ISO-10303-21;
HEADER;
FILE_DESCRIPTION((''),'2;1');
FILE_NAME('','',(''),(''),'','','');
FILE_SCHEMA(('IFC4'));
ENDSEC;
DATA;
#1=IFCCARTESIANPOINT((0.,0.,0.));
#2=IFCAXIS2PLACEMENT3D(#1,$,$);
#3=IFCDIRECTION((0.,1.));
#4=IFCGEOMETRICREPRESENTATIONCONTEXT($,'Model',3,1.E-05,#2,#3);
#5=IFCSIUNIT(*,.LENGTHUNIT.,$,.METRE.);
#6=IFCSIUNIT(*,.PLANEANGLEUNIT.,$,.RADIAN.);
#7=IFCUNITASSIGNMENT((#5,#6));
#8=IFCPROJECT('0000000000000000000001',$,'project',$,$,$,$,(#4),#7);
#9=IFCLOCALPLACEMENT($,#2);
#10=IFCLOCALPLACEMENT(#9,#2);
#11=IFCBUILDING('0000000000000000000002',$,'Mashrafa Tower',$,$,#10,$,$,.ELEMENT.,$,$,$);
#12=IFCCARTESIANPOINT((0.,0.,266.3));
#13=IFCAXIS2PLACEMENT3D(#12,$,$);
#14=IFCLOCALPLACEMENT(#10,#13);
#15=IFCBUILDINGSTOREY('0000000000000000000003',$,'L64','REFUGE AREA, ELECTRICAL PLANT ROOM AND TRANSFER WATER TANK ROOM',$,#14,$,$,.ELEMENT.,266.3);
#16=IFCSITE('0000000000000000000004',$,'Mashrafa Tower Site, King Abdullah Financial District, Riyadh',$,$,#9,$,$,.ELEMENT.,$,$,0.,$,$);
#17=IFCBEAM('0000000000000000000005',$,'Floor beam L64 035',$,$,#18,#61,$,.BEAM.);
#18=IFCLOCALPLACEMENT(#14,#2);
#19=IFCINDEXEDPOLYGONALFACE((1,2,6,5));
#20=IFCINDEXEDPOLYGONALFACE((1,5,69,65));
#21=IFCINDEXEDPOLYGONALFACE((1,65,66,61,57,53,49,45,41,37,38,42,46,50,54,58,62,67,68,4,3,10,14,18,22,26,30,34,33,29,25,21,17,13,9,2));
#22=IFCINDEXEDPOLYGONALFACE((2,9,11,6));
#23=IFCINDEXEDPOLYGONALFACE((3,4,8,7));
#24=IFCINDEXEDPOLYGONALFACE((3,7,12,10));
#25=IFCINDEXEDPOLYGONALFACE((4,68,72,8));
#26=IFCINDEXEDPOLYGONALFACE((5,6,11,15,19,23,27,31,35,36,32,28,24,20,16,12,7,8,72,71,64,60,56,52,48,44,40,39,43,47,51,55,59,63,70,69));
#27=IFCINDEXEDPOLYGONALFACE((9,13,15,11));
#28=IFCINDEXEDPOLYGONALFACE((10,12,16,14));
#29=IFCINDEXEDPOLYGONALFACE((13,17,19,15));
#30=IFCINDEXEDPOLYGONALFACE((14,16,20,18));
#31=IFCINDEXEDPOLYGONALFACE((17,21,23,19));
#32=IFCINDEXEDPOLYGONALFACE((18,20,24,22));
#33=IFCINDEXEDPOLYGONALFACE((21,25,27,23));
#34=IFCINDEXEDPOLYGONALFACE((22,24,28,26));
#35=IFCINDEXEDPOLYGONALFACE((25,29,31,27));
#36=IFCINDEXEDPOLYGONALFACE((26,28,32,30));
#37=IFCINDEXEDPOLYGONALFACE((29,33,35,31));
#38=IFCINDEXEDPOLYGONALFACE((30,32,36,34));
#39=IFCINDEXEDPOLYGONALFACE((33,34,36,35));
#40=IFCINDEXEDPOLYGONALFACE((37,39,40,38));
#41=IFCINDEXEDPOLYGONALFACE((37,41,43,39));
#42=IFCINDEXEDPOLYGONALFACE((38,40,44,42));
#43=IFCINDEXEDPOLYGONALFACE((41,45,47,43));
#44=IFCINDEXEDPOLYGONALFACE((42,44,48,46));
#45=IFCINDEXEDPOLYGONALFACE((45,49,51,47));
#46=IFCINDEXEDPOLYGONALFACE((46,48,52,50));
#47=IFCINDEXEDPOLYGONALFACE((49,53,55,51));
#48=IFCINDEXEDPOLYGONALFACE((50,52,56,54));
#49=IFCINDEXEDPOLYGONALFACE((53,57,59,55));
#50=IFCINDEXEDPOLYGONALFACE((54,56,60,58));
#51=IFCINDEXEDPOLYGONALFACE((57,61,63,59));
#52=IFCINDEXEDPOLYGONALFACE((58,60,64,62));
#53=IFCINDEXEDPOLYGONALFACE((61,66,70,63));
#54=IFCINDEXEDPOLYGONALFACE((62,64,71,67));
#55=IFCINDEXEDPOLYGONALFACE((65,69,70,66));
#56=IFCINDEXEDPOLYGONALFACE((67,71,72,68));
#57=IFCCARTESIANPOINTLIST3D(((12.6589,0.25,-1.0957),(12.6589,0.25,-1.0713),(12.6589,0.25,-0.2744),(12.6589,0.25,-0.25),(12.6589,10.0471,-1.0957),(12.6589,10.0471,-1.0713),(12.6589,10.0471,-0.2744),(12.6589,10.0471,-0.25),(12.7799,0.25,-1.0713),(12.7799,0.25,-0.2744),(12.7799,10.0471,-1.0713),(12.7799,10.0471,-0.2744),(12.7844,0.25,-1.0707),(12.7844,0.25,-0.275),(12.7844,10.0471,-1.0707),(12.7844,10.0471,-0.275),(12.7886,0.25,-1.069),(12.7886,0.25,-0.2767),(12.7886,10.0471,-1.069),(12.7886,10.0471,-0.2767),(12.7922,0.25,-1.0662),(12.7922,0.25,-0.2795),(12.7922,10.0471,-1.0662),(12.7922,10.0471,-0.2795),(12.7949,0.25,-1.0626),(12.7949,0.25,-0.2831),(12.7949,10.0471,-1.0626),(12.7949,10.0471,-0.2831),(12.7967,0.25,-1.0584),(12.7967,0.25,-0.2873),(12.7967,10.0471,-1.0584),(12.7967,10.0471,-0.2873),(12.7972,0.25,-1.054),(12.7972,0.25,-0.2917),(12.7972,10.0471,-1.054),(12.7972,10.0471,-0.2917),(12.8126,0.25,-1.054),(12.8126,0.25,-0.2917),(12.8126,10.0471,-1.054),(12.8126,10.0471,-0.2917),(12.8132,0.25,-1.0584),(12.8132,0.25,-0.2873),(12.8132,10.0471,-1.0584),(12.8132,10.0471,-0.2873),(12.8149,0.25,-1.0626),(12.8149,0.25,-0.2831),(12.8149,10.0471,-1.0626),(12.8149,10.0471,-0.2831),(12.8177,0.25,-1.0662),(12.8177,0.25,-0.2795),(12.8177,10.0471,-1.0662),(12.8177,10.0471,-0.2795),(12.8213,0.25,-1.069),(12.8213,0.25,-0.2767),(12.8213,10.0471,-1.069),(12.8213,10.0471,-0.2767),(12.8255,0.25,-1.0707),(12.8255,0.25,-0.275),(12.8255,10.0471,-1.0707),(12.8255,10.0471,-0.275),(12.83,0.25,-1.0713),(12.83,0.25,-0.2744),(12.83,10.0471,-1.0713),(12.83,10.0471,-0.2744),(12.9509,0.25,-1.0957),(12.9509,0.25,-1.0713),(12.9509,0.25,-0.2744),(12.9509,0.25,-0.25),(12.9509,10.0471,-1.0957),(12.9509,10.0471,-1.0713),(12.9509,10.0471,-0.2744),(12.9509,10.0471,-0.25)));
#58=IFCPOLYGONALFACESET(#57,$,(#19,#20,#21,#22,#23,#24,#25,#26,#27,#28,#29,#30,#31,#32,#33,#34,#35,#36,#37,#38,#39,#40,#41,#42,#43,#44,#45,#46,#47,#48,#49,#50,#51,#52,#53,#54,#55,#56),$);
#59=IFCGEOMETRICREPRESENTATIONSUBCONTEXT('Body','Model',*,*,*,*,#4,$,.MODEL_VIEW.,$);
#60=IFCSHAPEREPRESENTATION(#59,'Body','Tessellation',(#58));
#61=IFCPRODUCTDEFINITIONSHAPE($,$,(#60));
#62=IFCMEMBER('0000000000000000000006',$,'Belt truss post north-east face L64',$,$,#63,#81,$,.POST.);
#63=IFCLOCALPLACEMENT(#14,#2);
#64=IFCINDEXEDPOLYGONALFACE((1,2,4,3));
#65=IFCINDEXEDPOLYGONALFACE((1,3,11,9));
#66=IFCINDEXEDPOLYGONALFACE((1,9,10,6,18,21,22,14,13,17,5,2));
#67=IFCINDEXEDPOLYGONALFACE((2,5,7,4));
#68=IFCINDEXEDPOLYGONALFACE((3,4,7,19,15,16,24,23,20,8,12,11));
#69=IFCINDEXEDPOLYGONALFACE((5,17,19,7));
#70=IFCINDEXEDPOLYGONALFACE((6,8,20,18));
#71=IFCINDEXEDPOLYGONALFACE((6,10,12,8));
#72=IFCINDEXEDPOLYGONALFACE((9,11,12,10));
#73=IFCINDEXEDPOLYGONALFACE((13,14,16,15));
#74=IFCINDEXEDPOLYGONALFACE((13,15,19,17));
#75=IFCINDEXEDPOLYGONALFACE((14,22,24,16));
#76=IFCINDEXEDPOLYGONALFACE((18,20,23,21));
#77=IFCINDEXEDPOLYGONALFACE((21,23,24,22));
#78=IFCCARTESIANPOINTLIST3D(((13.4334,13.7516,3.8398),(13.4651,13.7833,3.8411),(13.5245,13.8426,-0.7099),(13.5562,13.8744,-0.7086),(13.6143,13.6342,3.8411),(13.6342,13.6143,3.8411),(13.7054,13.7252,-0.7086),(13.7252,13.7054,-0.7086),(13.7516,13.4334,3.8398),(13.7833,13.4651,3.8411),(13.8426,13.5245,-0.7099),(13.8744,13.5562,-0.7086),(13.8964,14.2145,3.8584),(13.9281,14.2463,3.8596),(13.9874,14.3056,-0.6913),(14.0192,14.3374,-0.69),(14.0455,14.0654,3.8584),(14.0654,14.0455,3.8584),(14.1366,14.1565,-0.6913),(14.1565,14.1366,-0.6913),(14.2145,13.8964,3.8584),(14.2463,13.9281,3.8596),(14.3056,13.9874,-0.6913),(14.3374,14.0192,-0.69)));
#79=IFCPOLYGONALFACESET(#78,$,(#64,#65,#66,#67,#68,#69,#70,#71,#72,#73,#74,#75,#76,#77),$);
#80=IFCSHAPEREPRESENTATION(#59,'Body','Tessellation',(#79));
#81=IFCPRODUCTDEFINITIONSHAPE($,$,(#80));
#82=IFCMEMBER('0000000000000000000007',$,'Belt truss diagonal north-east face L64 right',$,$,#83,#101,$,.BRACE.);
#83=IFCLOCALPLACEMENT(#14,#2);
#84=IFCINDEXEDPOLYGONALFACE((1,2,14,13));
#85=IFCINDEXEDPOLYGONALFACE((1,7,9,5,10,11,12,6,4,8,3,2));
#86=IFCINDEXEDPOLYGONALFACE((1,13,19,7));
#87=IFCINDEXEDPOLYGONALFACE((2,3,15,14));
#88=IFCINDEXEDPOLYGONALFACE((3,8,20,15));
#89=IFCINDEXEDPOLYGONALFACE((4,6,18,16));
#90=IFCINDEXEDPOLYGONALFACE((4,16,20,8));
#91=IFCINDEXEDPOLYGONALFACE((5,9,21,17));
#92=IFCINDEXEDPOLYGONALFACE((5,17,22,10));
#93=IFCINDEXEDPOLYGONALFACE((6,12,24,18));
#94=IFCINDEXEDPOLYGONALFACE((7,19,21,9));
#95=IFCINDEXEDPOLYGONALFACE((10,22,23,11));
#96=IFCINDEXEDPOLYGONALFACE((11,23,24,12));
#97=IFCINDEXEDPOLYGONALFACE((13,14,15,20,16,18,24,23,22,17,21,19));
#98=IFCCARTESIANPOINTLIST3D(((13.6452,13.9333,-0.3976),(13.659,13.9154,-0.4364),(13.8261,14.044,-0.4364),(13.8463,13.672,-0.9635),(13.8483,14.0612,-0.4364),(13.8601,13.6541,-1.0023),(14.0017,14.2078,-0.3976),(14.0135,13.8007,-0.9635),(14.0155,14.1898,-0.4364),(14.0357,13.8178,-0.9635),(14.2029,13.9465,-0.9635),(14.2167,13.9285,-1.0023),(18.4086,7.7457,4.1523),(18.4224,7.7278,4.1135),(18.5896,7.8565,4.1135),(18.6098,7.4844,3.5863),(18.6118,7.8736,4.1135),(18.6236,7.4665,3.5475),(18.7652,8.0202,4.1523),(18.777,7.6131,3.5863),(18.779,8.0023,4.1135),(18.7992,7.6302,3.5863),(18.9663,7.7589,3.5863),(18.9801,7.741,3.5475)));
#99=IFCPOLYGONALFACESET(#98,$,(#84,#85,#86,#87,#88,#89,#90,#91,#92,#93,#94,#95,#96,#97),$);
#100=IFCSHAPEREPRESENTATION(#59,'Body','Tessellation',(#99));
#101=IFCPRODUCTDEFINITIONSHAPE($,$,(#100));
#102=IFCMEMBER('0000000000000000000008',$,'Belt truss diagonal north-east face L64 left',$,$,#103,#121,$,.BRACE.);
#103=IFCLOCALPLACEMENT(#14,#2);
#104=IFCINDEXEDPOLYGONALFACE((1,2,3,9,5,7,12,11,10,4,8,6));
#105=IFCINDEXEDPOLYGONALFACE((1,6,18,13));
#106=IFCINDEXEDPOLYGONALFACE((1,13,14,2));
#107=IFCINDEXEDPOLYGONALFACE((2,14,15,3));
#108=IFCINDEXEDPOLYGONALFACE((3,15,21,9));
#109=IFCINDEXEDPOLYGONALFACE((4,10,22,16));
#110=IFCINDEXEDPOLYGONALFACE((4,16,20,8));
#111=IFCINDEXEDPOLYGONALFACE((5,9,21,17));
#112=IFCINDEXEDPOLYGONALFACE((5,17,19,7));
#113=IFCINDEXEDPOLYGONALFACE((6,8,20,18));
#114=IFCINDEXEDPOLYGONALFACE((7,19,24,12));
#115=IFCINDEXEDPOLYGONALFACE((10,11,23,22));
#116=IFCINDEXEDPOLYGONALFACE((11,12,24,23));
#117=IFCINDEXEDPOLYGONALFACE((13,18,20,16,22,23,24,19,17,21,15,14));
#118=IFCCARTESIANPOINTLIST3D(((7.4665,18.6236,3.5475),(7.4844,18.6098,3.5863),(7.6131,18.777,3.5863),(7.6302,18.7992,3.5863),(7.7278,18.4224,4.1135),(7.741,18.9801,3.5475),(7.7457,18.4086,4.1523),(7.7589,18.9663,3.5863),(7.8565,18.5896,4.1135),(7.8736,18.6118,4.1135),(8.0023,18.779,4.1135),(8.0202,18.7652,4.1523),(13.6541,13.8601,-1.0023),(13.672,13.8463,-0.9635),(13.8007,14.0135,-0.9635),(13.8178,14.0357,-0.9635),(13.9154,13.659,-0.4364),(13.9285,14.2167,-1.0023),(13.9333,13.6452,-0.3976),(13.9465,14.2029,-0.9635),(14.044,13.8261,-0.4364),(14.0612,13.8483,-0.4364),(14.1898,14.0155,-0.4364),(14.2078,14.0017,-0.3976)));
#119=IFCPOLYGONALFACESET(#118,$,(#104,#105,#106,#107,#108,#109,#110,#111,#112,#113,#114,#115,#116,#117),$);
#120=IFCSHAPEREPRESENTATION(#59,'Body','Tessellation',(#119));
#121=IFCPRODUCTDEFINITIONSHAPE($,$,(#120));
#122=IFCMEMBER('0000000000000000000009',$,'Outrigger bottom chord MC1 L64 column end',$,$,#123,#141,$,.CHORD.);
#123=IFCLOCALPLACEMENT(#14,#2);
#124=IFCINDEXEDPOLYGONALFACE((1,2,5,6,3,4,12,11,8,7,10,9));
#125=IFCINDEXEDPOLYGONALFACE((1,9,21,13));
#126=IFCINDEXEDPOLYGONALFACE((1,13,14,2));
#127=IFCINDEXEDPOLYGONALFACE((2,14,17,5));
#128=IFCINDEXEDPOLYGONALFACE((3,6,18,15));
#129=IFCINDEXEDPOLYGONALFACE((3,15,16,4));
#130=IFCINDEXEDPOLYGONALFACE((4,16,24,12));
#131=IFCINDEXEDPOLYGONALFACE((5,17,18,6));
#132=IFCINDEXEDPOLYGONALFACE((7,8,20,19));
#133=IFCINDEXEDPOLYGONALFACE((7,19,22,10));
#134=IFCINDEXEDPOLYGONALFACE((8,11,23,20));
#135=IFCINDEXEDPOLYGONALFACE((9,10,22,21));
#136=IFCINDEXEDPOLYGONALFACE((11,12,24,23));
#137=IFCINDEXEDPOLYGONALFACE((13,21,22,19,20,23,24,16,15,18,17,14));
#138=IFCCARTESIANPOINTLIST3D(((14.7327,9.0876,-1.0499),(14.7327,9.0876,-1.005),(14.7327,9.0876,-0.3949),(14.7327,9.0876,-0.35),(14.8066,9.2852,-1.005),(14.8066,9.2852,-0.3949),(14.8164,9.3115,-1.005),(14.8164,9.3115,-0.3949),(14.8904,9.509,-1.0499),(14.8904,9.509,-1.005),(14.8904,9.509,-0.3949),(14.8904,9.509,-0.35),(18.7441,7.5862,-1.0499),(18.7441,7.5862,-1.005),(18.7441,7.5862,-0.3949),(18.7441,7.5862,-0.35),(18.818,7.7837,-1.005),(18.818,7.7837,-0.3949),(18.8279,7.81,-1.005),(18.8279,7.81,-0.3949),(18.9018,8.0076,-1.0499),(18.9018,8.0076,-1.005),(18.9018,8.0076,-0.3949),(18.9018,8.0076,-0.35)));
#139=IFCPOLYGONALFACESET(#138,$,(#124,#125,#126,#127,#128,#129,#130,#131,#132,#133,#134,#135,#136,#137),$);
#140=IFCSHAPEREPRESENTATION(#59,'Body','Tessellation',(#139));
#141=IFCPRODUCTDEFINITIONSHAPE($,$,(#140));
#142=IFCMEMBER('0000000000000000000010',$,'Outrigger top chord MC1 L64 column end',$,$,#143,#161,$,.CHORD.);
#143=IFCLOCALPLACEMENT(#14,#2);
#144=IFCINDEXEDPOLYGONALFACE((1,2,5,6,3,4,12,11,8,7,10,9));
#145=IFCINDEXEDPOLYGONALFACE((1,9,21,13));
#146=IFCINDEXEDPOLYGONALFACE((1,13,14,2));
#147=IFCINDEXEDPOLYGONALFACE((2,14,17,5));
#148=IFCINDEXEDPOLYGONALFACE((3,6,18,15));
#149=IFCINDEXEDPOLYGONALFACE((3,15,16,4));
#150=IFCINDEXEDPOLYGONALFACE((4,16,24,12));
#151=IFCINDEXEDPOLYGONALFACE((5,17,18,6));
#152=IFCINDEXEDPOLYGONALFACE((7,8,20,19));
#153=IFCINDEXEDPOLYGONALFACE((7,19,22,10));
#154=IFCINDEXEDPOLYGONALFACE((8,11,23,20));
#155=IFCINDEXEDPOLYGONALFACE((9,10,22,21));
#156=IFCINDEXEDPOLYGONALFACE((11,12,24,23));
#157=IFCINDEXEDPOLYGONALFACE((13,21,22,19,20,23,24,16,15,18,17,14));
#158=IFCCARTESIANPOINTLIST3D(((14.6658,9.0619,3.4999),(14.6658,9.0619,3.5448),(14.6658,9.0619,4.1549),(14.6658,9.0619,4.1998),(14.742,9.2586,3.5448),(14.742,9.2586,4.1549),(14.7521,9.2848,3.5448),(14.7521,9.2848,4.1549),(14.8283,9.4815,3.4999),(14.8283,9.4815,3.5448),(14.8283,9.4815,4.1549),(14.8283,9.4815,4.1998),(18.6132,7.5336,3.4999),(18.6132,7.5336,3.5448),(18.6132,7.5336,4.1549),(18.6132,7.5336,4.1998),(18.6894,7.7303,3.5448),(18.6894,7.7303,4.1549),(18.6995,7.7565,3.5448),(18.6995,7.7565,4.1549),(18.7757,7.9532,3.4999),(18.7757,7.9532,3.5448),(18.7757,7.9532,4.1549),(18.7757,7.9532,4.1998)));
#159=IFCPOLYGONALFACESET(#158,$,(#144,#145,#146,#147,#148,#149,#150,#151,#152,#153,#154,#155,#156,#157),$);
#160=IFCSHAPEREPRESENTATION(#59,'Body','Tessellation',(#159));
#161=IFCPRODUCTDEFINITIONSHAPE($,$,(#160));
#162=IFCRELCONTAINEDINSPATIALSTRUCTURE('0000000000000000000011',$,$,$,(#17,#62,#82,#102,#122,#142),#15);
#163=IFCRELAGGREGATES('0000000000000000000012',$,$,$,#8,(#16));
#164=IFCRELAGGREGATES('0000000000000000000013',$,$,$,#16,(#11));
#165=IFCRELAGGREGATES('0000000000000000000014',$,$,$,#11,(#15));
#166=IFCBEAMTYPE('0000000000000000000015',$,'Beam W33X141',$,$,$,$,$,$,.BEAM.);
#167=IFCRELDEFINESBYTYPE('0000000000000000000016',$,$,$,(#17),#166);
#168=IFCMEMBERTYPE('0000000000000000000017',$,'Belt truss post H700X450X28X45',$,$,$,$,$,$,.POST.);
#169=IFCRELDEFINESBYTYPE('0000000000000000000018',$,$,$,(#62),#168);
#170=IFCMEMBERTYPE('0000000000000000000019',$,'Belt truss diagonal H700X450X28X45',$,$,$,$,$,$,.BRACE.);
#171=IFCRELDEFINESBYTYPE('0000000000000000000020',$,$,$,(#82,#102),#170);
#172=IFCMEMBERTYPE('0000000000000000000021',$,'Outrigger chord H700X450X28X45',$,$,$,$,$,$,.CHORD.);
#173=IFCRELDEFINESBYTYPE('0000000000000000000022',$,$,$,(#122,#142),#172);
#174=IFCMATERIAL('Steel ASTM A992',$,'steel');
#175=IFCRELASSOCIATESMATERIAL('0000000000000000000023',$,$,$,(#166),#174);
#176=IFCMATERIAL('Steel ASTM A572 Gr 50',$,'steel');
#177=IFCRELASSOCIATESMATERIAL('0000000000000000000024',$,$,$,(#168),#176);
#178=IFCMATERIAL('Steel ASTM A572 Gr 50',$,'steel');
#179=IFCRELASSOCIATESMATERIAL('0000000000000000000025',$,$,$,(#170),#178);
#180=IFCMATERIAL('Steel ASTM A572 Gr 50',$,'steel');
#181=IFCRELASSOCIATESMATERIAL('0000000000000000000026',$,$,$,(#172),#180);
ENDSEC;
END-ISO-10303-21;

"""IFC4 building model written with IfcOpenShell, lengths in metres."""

from ifc_helpers import new_model, si_unit, direction, frame, origin, origin_2d, place, context, subcontext, project, spatial, i_section, extrude, source, transform, mapped, material, material_profile, profile_set, type_object, type_shapes, element, save


model = new_model("IFC4")

# Units and contexts
model_context = context("Model", 3, precision=1e-05, world=origin(), true_north=direction((0.0, 1.0)))
body_context = subcontext(model_context, "Body", "Model", "MODEL_VIEW")
ifc_project = project(units=[si_unit("LENGTHUNIT", "METRE"), si_unit("PLANEANGLEUNIT", "RADIAN")], contexts=[model_context])

# Site, building, storey
site_placement = place(None, origin())
site = spatial("IfcSite", under=ifc_project, at=site_placement, Name="Mashrafa Tower Site, King Abdullah Financial District, Riyadh", CompositionType="ELEMENT", RefElevation=0.0)
building_placement = place(site_placement, origin())
building = spatial("IfcBuilding", under=site, at=building_placement, Name="Mashrafa Tower", CompositionType="ELEMENT")
storey_placement = place(building_placement, frame((0.0, 0.0, 266.3)))
storey = spatial("IfcBuildingStorey", under=building, at=storey_placement, Name="L64", Description="REFUGE AREA, ELECTRICAL PLANT ROOM AND TRANSFER WATER TANK ROOM", CompositionType="ELEMENT", Elevation=266.3)

# Beam
ifc_material_1 = material(Name="Steel ASTM A992", Category="steel")
ifc_material_profile_1 = material_profile(ifc_material_1, i_section(OverallWidth=0.292, OverallDepth=0.8457, WebThickness=0.0154, FlangeThickness=0.0244, FilletRadius=0.0173, at=origin_2d()), Name="W33X141")
ifc_profile_set_1 = profile_set([ifc_material_profile_1], Name="Steel ASTM A992")
beam_type_1 = type_object("IfcBeamType", Name="Beam W33X141", PredefinedType="BEAM", material=ifc_profile_set_1)
beam_1_placement = place(storey_placement, frame((12.8049, 10.0471, -0.6729), z_axis=(0.0, -1.0, 0.0), x_axis=(1.0, 0.0, 0.0)))
element("IfcBeam", 1, at=beam_1_placement, inside=storey, type_object=beam_type_1, Name="Floor beam L64 035", PredefinedType="BEAM", context=body_context, shape_type="SweptSolid", body=[
    extrude(i_section(OverallWidth=0.292, OverallDepth=0.8457, WebThickness=0.0154, FlangeThickness=0.0244, FilletRadius=0.0173, at=origin_2d()), origin(), (0.0, 0.0, 1.0), 9.7971),
])

# Members
ifc_material_2 = material(Name="Steel ASTM A572 Gr 50", Category="steel")
ifc_material_profile_2 = material_profile(ifc_material_2, i_section(OverallWidth=0.45, OverallDepth=0.7, WebThickness=0.0281, FlangeThickness=0.0449, at=origin_2d()), Name="H700X450X28X45")
ifc_profile_set_2 = profile_set([ifc_material_profile_2], Name="Steel ASTM A572 Gr 50")
member_type_1 = type_object("IfcMemberType", Name="Belt truss post H700X450X28X45", PredefinedType="POST", material=ifc_profile_set_2)
shared_shape_1 = source(origin(), body_context, "Body", "SweptSolid", [
    extrude(i_section(OverallWidth=0.45, OverallDepth=0.7, WebThickness=0.0281, FlangeThickness=0.0449, at=origin_2d()), origin(), (0.0, 0.0, 1.0), 4.5515),
])
type_shapes(member_type_1, [shared_shape_1])
member_1_placement = place(storey_placement, frame((13.9309, 13.9309, -0.7), z_axis=(-0.020007, -0.020007, 0.9996), x_axis=(0.707107, -0.707107, 0.0)))
element("IfcMember", 2, at=member_1_placement, inside=storey, type_object=member_type_1, Name="Belt truss post north-east face L64", PredefinedType="POST", context=body_context, shape_type="MappedRepresentation", body=[
    mapped(shared_shape_1, transform((0.0, 0.0, 0.0))),
])
ifc_material_3 = material(Name="Steel ASTM A572 Gr 50", Category="steel")
ifc_material_profile_3 = material_profile(ifc_material_3, i_section(OverallWidth=0.45, OverallDepth=0.7, WebThickness=0.0281, FlangeThickness=0.0449, at=origin_2d()), Name="H700X450X28X45")
ifc_profile_set_3 = profile_set([ifc_material_profile_3], Name="Steel ASTM A572 Gr 50")
member_type_2 = type_object("IfcMemberType", Name="Belt truss diagonal H700X450X28X45", PredefinedType="BRACE", material=ifc_profile_set_3)
shared_shape_2 = source(origin(), body_context, "Body", "SweptSolid", [
    extrude(i_section(OverallWidth=0.45, OverallDepth=0.7, WebThickness=0.0281, FlangeThickness=0.0449, at=origin_2d()), origin(), (0.0, 0.0, 1.0), 9.0376),
])
type_shapes(member_type_2, [shared_shape_2])
for number, where, z_axis, x_axis, name in (
    (3, (13.9309, 13.9309, -0.7), (0.527075, -0.684648, 0.503437), (0.792388, 0.610017, 0.0), "Belt truss diagonal north-east face L64 right"),
    (4, (13.9309, 13.9309, -0.7), (-0.684648, 0.527075, 0.503437), (-0.610017, -0.792388, 0.0), "Belt truss diagonal north-east face L64 left"),
):
    element("IfcMember", number, at=place(storey_placement, frame(where, z_axis=z_axis, x_axis=x_axis)), inside=storey, type_object=member_type_2, Name=name, PredefinedType="BRACE", context=body_context, shape_type="MappedRepresentation", body=[
        mapped(shared_shape_2, transform((0.0, 0.0, 0.0))),
    ])
ifc_material_4 = material(Name="Steel ASTM A572 Gr 50", Category="steel")
ifc_material_profile_4 = material_profile(ifc_material_4, i_section(OverallWidth=0.45, OverallDepth=0.7, WebThickness=0.0281, FlangeThickness=0.0449, at=origin_2d()), Name="H700X450X28X45")
ifc_profile_set_4 = profile_set([ifc_material_profile_4], Name="Steel ASTM A572 Gr 50")
member_type_3 = type_object("IfcMemberType", Name="Outrigger chord H700X450X28X45", PredefinedType="CHORD", material=ifc_profile_set_4)
shared_shape_3 = source(origin(), body_context, "Body", "SweptSolid", [
    extrude(i_section(OverallWidth=0.45, OverallDepth=0.7, WebThickness=0.0281, FlangeThickness=0.0449, at=origin_2d()), origin(), (0.0, 0.0, 1.0), 4.2832),
])
member_2_placement = place(storey_placement, frame((14.8115, 9.2983, -0.7), z_axis=(0.936547, -0.350542, 0.0), x_axis=(0.350542, 0.936547, 0.0)))
element("IfcMember", 5, at=member_2_placement, inside=storey, type_object=member_type_3, Name="Outrigger bottom chord MC1 L64 column end", PredefinedType="CHORD", context=body_context, shape_type="MappedRepresentation", body=[
    mapped(shared_shape_3, transform((0.0, 0.0, 0.0))),
])
shared_shape_4 = source(origin(), body_context, "Body", "SweptSolid", [
    extrude(i_section(OverallWidth=0.45, OverallDepth=0.7, WebThickness=0.0281, FlangeThickness=0.0449, at=origin_2d()), origin(), (0.0, 0.0, 1.0), 4.2329),
])
type_shapes(member_type_3, [shared_shape_3, shared_shape_4])
member_3_placement = place(storey_placement, frame((14.7471, 9.2717, 3.8499), z_axis=(0.932541, -0.361065, 0.0), x_axis=(0.361065, 0.932541, 0.0)))
element("IfcMember", 6, at=member_3_placement, inside=storey, type_object=member_type_3, Name="Outrigger top chord MC1 L64 column end", PredefinedType="CHORD", context=body_context, shape_type="MappedRepresentation", body=[
    mapped(shared_shape_4, transform((0.0, 0.0, 0.0))),
])

save(model, "model.ifc")
